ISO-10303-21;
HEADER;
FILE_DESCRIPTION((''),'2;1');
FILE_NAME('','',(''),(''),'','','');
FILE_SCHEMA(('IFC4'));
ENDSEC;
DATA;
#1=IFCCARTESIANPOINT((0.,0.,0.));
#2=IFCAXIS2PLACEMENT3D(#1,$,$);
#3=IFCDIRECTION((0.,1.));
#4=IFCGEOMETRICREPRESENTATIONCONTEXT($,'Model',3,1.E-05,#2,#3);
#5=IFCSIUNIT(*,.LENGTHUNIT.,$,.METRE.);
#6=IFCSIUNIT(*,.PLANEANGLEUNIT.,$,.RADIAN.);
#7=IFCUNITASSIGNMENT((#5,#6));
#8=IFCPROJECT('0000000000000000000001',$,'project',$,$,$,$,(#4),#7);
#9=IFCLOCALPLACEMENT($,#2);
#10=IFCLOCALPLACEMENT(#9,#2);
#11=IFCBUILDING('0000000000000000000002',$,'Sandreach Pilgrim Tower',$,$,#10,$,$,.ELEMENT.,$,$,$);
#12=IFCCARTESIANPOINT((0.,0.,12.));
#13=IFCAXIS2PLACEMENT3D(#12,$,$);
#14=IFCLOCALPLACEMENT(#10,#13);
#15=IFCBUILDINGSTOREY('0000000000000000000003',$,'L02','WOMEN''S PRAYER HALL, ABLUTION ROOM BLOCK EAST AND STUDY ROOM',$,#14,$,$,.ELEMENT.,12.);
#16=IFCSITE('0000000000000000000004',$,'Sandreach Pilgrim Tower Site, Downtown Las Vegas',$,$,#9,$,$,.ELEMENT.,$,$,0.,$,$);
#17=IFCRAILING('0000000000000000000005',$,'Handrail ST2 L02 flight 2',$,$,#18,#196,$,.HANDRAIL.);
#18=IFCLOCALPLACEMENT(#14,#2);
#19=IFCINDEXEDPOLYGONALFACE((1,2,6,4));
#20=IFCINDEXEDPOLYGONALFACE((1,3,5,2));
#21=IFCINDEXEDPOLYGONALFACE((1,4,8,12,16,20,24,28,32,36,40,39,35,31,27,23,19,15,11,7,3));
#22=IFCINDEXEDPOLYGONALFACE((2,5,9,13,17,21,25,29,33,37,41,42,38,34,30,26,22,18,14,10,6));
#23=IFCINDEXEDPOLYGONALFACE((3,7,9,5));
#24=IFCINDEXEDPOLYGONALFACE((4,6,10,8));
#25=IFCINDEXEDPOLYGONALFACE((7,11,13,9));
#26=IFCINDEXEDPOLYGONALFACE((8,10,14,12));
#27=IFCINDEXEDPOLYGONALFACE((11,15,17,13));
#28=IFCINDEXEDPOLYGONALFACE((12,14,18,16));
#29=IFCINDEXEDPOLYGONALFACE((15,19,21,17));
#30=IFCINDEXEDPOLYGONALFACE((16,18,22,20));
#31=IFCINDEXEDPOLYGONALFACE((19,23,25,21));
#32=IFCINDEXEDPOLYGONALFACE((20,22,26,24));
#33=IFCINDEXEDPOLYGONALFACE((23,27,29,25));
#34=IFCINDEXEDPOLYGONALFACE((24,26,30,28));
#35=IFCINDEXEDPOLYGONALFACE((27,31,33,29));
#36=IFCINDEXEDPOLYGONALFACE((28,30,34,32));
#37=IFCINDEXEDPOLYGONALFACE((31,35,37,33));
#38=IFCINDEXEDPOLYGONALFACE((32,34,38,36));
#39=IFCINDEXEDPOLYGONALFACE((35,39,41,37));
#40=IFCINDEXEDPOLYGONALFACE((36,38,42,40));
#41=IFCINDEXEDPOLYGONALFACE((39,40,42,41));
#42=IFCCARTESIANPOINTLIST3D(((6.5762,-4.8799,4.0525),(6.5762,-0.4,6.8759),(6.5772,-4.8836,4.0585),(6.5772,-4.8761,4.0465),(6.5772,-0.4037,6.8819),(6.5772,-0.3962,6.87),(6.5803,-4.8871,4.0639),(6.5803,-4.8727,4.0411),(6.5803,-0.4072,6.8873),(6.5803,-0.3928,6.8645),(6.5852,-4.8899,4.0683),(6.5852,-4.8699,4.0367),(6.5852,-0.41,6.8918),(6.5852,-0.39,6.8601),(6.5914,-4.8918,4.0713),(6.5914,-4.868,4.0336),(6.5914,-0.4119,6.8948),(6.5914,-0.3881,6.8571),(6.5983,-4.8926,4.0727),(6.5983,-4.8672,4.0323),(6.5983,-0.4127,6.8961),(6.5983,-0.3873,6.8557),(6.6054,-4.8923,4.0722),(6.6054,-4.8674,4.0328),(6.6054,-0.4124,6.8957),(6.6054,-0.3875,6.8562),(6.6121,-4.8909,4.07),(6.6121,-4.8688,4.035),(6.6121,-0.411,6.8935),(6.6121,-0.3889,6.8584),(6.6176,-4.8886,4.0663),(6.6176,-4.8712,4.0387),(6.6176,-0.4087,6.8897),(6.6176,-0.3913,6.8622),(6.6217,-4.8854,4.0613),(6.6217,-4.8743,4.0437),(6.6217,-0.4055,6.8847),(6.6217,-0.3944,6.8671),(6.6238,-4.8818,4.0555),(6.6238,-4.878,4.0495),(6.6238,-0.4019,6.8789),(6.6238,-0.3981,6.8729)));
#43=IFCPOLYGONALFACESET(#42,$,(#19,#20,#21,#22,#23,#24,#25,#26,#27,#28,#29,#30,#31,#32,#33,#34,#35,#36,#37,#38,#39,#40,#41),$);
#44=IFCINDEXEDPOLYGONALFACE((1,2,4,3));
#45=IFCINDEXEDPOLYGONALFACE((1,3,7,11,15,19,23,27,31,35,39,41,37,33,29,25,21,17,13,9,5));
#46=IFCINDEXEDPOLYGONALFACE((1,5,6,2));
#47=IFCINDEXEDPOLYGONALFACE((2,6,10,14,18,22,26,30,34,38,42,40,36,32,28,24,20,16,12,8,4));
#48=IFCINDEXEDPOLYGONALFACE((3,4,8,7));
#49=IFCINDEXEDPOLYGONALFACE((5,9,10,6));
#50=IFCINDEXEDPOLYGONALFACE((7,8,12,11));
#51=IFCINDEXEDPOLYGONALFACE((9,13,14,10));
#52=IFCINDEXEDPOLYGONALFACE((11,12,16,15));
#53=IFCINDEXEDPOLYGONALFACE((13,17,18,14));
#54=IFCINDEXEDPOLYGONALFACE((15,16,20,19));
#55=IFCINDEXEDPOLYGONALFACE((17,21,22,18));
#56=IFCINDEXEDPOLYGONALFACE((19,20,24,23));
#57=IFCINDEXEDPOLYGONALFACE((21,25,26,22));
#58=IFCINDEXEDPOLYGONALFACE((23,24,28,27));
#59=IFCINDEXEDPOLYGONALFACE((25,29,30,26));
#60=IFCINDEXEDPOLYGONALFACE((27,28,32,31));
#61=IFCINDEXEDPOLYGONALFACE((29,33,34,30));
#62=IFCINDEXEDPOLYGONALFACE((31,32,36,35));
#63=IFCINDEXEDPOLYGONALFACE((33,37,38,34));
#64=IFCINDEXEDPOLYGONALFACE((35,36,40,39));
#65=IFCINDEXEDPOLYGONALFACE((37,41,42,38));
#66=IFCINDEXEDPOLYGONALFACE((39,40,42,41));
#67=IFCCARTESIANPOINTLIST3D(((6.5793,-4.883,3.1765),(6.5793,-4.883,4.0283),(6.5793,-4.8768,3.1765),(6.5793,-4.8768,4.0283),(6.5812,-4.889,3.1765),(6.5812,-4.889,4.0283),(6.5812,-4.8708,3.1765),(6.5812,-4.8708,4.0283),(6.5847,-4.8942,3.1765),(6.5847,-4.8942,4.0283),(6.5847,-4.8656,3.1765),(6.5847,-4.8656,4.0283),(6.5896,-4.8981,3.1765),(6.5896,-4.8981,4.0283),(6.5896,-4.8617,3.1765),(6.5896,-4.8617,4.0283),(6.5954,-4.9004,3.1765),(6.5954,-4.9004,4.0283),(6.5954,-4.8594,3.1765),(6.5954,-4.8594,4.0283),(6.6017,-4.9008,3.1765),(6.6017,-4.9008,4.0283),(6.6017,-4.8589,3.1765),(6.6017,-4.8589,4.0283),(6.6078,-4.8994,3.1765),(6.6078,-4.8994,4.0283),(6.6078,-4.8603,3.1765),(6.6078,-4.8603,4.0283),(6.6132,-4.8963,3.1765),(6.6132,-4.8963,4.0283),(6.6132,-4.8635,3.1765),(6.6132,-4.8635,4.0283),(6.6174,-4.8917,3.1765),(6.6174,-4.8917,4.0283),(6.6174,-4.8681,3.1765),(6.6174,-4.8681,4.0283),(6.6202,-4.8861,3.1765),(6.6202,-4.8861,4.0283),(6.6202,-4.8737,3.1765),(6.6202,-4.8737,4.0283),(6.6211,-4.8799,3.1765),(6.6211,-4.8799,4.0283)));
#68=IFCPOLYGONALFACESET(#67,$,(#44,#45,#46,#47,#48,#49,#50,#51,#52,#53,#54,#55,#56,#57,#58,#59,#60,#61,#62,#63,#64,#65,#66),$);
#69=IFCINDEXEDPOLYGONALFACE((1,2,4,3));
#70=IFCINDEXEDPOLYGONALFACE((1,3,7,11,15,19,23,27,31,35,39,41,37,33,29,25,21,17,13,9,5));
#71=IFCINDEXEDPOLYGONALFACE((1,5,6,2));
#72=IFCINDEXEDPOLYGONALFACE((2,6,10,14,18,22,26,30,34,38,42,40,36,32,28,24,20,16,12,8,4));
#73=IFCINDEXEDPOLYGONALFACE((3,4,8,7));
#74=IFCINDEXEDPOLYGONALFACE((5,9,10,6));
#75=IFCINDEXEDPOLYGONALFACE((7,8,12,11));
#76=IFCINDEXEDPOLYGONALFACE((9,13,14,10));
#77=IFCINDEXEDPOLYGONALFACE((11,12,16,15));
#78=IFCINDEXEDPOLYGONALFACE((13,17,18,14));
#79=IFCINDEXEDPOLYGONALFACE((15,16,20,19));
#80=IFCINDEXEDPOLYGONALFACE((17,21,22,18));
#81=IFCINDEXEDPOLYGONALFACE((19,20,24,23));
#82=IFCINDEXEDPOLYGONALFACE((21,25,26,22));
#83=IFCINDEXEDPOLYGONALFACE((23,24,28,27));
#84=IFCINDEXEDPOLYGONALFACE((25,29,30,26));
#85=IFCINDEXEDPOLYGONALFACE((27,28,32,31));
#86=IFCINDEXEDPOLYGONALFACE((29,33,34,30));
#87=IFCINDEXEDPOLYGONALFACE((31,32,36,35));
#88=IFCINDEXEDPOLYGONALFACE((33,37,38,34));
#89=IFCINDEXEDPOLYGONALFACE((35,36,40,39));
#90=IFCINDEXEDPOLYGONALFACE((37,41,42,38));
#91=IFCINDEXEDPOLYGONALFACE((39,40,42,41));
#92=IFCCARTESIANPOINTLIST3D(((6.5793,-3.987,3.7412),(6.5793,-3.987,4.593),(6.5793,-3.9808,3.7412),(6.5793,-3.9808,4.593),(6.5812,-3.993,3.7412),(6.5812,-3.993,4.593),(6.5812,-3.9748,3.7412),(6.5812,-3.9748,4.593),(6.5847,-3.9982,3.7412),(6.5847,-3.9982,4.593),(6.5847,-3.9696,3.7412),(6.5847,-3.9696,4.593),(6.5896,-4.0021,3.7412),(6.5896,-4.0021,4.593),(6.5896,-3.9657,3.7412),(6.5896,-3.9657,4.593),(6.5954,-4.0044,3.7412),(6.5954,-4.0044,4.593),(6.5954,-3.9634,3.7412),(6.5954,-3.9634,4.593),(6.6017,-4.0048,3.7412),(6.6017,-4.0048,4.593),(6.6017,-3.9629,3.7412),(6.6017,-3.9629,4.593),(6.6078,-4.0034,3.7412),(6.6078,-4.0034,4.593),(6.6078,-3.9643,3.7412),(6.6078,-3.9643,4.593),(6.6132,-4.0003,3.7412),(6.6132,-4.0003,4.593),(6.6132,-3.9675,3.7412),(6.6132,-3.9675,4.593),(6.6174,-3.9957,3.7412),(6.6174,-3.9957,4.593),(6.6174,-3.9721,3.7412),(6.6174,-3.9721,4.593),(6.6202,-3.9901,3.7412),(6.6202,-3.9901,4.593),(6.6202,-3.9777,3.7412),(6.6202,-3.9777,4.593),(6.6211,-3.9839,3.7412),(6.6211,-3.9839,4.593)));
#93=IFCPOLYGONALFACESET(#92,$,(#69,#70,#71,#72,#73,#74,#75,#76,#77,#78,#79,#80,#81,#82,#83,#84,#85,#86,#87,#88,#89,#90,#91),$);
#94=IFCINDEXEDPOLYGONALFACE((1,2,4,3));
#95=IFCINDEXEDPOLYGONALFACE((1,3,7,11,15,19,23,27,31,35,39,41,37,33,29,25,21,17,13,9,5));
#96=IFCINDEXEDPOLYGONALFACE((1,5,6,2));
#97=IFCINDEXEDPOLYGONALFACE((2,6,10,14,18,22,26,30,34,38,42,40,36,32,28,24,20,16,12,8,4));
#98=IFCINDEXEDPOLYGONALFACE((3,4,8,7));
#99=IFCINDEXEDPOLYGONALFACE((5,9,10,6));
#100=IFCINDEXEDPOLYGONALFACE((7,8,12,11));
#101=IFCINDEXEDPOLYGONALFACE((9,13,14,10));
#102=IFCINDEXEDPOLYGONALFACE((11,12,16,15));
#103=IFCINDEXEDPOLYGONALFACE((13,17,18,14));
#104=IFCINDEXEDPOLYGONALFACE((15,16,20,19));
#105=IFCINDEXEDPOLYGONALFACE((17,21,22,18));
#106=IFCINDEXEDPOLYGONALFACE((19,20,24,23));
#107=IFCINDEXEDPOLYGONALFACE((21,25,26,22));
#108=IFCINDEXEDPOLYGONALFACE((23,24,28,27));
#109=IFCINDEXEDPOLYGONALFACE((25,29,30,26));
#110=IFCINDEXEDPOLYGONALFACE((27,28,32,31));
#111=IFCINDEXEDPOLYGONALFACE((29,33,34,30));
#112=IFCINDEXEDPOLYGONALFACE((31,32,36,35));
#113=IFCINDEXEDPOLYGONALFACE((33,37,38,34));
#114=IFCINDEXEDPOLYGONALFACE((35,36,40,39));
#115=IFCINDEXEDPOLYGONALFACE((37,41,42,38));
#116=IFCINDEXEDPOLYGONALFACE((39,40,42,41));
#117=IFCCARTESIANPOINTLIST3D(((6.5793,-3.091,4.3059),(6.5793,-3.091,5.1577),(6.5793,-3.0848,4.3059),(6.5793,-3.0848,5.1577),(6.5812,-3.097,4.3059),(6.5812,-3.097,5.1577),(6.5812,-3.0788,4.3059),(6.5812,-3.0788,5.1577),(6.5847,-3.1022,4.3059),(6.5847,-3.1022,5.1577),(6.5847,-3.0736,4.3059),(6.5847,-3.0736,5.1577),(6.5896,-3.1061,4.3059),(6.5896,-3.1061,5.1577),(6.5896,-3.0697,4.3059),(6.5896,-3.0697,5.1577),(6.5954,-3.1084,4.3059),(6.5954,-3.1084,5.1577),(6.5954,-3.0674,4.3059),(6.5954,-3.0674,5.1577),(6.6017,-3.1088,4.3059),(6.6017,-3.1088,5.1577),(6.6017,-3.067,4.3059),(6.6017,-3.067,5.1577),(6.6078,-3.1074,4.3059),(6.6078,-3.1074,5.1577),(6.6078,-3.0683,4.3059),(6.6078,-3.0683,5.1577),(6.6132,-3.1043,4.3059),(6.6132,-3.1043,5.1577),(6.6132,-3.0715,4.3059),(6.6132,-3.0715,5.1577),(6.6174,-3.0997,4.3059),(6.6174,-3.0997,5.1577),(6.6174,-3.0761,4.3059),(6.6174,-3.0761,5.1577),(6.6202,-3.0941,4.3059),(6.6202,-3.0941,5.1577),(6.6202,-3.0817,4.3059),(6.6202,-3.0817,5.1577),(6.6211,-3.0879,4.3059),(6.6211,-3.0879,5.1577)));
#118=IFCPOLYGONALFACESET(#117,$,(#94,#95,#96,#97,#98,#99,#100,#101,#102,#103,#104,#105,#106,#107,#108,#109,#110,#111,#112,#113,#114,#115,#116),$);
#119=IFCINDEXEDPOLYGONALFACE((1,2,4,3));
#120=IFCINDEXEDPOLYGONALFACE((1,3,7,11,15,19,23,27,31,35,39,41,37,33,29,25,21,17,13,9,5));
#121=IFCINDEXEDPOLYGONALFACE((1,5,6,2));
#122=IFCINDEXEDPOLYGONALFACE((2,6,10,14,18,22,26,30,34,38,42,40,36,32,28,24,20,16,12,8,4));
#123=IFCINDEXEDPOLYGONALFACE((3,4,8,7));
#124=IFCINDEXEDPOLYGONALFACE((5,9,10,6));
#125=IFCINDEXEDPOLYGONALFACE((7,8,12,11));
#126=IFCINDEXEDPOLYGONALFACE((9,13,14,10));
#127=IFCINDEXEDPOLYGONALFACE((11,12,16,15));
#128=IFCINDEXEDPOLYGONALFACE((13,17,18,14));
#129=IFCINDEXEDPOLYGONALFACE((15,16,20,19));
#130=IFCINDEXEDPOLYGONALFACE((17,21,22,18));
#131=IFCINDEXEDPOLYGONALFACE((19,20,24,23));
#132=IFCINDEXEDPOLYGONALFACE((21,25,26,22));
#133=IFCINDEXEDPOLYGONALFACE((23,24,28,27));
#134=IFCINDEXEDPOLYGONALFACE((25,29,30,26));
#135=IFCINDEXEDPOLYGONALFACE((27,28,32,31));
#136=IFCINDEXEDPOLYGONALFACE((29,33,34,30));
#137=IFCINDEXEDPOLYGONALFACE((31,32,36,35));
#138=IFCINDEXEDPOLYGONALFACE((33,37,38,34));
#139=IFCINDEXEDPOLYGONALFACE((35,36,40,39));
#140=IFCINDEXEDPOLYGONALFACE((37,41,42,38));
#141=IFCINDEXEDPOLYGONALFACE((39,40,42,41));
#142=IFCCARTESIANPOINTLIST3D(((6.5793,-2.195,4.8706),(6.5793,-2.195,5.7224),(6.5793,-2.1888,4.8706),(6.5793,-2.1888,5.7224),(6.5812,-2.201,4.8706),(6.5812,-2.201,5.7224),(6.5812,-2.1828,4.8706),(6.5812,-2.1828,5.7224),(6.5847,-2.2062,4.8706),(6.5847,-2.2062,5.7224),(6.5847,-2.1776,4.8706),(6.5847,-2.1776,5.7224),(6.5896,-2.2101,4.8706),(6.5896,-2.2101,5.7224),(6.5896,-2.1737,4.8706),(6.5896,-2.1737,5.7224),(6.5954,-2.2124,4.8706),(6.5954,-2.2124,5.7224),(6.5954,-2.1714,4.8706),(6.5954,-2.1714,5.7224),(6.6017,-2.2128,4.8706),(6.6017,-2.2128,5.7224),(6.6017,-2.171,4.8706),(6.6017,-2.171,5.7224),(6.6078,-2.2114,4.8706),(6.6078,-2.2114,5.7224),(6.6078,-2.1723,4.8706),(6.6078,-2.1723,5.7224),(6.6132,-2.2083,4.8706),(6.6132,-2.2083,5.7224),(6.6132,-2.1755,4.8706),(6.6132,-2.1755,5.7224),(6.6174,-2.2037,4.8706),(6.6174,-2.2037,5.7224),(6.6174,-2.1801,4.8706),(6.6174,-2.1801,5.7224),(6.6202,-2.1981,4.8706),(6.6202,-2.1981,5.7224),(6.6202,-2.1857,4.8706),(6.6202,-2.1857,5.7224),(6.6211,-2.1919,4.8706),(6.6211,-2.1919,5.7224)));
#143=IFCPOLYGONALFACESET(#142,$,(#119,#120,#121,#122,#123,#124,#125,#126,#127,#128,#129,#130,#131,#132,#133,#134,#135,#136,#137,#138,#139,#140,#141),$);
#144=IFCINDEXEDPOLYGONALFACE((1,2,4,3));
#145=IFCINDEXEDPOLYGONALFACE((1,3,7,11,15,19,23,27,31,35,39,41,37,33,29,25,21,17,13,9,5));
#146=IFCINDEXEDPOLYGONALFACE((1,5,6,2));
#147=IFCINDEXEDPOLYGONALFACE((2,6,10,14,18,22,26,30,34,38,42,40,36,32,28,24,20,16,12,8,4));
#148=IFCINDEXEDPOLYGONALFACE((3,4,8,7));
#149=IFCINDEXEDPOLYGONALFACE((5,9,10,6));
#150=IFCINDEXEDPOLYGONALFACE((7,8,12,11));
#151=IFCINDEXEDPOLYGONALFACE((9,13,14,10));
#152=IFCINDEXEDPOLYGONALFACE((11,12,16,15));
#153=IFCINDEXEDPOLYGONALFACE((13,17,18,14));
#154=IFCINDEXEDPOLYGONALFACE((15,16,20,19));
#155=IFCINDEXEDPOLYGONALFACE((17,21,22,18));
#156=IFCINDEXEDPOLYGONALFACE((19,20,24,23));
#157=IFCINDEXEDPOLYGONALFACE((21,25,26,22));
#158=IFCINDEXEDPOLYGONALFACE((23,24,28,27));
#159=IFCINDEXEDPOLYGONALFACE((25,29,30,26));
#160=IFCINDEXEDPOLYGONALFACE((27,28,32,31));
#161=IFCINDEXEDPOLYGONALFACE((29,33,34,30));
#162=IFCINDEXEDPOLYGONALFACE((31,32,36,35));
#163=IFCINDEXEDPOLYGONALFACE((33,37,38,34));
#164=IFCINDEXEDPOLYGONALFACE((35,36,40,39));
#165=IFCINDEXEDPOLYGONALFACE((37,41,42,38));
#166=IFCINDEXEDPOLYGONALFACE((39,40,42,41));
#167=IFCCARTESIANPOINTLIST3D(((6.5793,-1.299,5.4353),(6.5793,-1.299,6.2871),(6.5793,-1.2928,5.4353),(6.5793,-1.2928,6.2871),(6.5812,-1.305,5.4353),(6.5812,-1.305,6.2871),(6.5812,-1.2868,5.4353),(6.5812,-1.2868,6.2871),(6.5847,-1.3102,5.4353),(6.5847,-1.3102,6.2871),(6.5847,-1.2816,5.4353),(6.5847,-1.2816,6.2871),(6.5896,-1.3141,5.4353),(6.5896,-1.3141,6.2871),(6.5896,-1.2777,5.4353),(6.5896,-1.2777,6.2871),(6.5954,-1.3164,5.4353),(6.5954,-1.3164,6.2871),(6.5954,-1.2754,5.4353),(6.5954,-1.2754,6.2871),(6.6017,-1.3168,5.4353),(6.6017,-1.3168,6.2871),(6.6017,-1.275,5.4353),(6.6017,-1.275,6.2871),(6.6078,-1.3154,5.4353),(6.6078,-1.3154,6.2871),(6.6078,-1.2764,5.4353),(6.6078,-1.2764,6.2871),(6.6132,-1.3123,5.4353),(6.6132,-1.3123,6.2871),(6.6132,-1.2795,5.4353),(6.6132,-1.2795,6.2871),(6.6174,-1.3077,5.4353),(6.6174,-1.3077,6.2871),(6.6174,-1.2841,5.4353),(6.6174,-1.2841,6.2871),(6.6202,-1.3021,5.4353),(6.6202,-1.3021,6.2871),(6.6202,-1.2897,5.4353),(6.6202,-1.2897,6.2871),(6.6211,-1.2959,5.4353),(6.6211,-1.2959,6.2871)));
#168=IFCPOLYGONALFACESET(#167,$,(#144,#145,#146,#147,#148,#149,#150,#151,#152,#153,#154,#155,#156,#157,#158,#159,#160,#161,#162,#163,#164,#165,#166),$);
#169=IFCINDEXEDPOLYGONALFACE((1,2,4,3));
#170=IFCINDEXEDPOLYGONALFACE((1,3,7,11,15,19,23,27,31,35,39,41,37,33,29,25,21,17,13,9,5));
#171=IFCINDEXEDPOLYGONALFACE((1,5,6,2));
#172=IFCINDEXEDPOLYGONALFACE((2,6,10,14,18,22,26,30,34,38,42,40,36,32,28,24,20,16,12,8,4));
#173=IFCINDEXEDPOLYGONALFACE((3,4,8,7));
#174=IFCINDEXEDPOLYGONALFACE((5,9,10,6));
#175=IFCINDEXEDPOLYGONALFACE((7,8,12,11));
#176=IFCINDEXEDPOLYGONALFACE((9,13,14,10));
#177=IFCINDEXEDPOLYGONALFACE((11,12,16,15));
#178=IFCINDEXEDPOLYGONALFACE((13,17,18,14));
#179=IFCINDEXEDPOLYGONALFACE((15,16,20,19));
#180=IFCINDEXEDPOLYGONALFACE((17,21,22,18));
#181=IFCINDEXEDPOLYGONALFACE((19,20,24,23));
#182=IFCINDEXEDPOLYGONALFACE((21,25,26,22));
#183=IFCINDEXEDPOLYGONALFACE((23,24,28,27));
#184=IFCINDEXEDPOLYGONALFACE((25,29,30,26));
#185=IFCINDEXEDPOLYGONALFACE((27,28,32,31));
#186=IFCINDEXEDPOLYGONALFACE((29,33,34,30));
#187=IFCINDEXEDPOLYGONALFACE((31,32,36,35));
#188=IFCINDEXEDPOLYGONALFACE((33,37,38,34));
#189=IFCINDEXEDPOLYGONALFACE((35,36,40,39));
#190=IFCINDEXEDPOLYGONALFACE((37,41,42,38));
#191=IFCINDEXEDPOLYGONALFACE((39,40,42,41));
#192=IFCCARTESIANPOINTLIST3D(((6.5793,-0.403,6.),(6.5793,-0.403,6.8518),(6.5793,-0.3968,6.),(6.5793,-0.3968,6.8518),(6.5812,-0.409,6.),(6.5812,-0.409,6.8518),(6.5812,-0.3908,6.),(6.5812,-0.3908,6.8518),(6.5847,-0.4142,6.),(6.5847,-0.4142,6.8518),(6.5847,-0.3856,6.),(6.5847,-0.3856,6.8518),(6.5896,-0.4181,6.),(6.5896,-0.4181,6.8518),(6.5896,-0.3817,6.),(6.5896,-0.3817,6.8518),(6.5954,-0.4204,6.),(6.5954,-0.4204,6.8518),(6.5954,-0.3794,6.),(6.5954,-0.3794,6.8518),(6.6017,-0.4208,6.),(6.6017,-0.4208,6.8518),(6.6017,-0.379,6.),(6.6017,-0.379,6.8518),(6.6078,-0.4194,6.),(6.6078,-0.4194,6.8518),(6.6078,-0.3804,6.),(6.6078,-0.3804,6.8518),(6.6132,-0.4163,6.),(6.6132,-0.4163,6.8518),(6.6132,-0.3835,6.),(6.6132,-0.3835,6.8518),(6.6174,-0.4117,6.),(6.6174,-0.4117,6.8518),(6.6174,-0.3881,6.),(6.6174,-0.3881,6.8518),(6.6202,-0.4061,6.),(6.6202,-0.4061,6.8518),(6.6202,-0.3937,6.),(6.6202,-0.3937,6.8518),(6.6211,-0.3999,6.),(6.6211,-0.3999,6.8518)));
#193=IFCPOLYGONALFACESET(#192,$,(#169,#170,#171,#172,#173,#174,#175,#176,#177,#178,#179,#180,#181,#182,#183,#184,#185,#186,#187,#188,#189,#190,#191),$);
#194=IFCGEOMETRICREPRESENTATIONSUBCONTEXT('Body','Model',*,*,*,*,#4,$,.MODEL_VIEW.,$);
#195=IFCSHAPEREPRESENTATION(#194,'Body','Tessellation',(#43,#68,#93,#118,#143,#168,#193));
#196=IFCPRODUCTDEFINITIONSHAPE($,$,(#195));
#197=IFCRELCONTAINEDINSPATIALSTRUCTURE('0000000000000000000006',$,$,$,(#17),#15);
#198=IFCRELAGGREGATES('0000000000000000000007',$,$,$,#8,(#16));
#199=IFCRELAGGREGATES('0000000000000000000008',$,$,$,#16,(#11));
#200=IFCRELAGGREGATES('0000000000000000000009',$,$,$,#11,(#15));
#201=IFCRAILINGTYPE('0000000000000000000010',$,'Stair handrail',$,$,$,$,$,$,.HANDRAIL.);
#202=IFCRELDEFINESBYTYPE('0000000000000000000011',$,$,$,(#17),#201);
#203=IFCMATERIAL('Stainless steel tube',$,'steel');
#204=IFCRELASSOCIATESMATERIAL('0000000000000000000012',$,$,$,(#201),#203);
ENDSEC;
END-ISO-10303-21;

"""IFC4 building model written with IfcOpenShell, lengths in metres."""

from ifc_helpers import new_model, si_unit, direction, frame, origin, origin_2d, place, context, subcontext, project, spatial, circle, extrude, material, type_object, element, save


model = new_model("IFC4")

# Units and contexts
model_context = context("Model", 3, precision=1e-05, world=origin(), true_north=direction((0.0, 1.0)))
body_context = subcontext(model_context, "Body", "Model", "MODEL_VIEW")
ifc_project = project(units=[si_unit("LENGTHUNIT", "METRE"), si_unit("PLANEANGLEUNIT", "RADIAN")], contexts=[model_context])

# Site, building, storey
site_placement = place(None, origin())
site = spatial("IfcSite", under=ifc_project, at=site_placement, Name="Sandreach Pilgrim Tower Site, Downtown Las Vegas", CompositionType="ELEMENT", RefElevation=0.0)
building_placement = place(site_placement, origin())
building = spatial("IfcBuilding", under=site, at=building_placement, Name="Sandreach Pilgrim Tower", CompositionType="ELEMENT")
storey_placement = place(building_placement, frame((0.0, 0.0, 12.0)))
storey = spatial("IfcBuildingStorey", under=building, at=storey_placement, Name="L02", Description="WOMEN'S PRAYER HALL, ABLUTION ROOM BLOCK EAST AND STUDY ROOM", CompositionType="ELEMENT", Elevation=12.0)

# Railing
ifc_material_1 = material(Name="Stainless steel tube", Category="steel")
railing_type = type_object("IfcRailingType", Name="Stair handrail", PredefinedType="HANDRAIL", material=ifc_material_1)
for number, where, name in (
    (1, (6.6001, -4.8799, 3.1765), "Handrail ST2 L02 flight 2"),
):
    element("IfcRailing", number, at=place(storey_placement, frame(where)), inside=storey, type_object=railing_type, Name=name, PredefinedType="HANDRAIL", context=body_context, shape_type="SweptSolid", body=[
        extrude(circle(Radius=0.0239, at=origin_2d()), frame((0.0, 0.0, 0.876), z_axis=(0.0, 0.845998, 0.533186), x_axis=(-1.0, 0.0, 0.0)), (0.0, 0.0, 1.0), 5.2954),
        extrude(circle(Radius=0.021, at=origin_2d()), origin(), (0.0, 0.0, 1.0), 0.8518),
        extrude(circle(Radius=0.021, at=origin_2d()), frame((0.0, 0.896, 0.5647)), (0.0, 0.0, 1.0), 0.8518),
        extrude(circle(Radius=0.021, at=origin_2d()), frame((0.0, 1.792, 1.1294)), (0.0, 0.0, 1.0), 0.8518),
        extrude(circle(Radius=0.021, at=origin_2d()), frame((0.0, 2.688, 1.6941)), (0.0, 0.0, 1.0), 0.8518),
        extrude(circle(Radius=0.021, at=origin_2d()), frame((0.0, 3.584, 2.2588)), (0.0, 0.0, 1.0), 0.8518),
        extrude(circle(Radius=0.021, at=origin_2d()), frame((0.0, 4.48, 2.8235)), (0.0, 0.0, 1.0), 0.8518),
    ])

save(model, "model.ifc")
